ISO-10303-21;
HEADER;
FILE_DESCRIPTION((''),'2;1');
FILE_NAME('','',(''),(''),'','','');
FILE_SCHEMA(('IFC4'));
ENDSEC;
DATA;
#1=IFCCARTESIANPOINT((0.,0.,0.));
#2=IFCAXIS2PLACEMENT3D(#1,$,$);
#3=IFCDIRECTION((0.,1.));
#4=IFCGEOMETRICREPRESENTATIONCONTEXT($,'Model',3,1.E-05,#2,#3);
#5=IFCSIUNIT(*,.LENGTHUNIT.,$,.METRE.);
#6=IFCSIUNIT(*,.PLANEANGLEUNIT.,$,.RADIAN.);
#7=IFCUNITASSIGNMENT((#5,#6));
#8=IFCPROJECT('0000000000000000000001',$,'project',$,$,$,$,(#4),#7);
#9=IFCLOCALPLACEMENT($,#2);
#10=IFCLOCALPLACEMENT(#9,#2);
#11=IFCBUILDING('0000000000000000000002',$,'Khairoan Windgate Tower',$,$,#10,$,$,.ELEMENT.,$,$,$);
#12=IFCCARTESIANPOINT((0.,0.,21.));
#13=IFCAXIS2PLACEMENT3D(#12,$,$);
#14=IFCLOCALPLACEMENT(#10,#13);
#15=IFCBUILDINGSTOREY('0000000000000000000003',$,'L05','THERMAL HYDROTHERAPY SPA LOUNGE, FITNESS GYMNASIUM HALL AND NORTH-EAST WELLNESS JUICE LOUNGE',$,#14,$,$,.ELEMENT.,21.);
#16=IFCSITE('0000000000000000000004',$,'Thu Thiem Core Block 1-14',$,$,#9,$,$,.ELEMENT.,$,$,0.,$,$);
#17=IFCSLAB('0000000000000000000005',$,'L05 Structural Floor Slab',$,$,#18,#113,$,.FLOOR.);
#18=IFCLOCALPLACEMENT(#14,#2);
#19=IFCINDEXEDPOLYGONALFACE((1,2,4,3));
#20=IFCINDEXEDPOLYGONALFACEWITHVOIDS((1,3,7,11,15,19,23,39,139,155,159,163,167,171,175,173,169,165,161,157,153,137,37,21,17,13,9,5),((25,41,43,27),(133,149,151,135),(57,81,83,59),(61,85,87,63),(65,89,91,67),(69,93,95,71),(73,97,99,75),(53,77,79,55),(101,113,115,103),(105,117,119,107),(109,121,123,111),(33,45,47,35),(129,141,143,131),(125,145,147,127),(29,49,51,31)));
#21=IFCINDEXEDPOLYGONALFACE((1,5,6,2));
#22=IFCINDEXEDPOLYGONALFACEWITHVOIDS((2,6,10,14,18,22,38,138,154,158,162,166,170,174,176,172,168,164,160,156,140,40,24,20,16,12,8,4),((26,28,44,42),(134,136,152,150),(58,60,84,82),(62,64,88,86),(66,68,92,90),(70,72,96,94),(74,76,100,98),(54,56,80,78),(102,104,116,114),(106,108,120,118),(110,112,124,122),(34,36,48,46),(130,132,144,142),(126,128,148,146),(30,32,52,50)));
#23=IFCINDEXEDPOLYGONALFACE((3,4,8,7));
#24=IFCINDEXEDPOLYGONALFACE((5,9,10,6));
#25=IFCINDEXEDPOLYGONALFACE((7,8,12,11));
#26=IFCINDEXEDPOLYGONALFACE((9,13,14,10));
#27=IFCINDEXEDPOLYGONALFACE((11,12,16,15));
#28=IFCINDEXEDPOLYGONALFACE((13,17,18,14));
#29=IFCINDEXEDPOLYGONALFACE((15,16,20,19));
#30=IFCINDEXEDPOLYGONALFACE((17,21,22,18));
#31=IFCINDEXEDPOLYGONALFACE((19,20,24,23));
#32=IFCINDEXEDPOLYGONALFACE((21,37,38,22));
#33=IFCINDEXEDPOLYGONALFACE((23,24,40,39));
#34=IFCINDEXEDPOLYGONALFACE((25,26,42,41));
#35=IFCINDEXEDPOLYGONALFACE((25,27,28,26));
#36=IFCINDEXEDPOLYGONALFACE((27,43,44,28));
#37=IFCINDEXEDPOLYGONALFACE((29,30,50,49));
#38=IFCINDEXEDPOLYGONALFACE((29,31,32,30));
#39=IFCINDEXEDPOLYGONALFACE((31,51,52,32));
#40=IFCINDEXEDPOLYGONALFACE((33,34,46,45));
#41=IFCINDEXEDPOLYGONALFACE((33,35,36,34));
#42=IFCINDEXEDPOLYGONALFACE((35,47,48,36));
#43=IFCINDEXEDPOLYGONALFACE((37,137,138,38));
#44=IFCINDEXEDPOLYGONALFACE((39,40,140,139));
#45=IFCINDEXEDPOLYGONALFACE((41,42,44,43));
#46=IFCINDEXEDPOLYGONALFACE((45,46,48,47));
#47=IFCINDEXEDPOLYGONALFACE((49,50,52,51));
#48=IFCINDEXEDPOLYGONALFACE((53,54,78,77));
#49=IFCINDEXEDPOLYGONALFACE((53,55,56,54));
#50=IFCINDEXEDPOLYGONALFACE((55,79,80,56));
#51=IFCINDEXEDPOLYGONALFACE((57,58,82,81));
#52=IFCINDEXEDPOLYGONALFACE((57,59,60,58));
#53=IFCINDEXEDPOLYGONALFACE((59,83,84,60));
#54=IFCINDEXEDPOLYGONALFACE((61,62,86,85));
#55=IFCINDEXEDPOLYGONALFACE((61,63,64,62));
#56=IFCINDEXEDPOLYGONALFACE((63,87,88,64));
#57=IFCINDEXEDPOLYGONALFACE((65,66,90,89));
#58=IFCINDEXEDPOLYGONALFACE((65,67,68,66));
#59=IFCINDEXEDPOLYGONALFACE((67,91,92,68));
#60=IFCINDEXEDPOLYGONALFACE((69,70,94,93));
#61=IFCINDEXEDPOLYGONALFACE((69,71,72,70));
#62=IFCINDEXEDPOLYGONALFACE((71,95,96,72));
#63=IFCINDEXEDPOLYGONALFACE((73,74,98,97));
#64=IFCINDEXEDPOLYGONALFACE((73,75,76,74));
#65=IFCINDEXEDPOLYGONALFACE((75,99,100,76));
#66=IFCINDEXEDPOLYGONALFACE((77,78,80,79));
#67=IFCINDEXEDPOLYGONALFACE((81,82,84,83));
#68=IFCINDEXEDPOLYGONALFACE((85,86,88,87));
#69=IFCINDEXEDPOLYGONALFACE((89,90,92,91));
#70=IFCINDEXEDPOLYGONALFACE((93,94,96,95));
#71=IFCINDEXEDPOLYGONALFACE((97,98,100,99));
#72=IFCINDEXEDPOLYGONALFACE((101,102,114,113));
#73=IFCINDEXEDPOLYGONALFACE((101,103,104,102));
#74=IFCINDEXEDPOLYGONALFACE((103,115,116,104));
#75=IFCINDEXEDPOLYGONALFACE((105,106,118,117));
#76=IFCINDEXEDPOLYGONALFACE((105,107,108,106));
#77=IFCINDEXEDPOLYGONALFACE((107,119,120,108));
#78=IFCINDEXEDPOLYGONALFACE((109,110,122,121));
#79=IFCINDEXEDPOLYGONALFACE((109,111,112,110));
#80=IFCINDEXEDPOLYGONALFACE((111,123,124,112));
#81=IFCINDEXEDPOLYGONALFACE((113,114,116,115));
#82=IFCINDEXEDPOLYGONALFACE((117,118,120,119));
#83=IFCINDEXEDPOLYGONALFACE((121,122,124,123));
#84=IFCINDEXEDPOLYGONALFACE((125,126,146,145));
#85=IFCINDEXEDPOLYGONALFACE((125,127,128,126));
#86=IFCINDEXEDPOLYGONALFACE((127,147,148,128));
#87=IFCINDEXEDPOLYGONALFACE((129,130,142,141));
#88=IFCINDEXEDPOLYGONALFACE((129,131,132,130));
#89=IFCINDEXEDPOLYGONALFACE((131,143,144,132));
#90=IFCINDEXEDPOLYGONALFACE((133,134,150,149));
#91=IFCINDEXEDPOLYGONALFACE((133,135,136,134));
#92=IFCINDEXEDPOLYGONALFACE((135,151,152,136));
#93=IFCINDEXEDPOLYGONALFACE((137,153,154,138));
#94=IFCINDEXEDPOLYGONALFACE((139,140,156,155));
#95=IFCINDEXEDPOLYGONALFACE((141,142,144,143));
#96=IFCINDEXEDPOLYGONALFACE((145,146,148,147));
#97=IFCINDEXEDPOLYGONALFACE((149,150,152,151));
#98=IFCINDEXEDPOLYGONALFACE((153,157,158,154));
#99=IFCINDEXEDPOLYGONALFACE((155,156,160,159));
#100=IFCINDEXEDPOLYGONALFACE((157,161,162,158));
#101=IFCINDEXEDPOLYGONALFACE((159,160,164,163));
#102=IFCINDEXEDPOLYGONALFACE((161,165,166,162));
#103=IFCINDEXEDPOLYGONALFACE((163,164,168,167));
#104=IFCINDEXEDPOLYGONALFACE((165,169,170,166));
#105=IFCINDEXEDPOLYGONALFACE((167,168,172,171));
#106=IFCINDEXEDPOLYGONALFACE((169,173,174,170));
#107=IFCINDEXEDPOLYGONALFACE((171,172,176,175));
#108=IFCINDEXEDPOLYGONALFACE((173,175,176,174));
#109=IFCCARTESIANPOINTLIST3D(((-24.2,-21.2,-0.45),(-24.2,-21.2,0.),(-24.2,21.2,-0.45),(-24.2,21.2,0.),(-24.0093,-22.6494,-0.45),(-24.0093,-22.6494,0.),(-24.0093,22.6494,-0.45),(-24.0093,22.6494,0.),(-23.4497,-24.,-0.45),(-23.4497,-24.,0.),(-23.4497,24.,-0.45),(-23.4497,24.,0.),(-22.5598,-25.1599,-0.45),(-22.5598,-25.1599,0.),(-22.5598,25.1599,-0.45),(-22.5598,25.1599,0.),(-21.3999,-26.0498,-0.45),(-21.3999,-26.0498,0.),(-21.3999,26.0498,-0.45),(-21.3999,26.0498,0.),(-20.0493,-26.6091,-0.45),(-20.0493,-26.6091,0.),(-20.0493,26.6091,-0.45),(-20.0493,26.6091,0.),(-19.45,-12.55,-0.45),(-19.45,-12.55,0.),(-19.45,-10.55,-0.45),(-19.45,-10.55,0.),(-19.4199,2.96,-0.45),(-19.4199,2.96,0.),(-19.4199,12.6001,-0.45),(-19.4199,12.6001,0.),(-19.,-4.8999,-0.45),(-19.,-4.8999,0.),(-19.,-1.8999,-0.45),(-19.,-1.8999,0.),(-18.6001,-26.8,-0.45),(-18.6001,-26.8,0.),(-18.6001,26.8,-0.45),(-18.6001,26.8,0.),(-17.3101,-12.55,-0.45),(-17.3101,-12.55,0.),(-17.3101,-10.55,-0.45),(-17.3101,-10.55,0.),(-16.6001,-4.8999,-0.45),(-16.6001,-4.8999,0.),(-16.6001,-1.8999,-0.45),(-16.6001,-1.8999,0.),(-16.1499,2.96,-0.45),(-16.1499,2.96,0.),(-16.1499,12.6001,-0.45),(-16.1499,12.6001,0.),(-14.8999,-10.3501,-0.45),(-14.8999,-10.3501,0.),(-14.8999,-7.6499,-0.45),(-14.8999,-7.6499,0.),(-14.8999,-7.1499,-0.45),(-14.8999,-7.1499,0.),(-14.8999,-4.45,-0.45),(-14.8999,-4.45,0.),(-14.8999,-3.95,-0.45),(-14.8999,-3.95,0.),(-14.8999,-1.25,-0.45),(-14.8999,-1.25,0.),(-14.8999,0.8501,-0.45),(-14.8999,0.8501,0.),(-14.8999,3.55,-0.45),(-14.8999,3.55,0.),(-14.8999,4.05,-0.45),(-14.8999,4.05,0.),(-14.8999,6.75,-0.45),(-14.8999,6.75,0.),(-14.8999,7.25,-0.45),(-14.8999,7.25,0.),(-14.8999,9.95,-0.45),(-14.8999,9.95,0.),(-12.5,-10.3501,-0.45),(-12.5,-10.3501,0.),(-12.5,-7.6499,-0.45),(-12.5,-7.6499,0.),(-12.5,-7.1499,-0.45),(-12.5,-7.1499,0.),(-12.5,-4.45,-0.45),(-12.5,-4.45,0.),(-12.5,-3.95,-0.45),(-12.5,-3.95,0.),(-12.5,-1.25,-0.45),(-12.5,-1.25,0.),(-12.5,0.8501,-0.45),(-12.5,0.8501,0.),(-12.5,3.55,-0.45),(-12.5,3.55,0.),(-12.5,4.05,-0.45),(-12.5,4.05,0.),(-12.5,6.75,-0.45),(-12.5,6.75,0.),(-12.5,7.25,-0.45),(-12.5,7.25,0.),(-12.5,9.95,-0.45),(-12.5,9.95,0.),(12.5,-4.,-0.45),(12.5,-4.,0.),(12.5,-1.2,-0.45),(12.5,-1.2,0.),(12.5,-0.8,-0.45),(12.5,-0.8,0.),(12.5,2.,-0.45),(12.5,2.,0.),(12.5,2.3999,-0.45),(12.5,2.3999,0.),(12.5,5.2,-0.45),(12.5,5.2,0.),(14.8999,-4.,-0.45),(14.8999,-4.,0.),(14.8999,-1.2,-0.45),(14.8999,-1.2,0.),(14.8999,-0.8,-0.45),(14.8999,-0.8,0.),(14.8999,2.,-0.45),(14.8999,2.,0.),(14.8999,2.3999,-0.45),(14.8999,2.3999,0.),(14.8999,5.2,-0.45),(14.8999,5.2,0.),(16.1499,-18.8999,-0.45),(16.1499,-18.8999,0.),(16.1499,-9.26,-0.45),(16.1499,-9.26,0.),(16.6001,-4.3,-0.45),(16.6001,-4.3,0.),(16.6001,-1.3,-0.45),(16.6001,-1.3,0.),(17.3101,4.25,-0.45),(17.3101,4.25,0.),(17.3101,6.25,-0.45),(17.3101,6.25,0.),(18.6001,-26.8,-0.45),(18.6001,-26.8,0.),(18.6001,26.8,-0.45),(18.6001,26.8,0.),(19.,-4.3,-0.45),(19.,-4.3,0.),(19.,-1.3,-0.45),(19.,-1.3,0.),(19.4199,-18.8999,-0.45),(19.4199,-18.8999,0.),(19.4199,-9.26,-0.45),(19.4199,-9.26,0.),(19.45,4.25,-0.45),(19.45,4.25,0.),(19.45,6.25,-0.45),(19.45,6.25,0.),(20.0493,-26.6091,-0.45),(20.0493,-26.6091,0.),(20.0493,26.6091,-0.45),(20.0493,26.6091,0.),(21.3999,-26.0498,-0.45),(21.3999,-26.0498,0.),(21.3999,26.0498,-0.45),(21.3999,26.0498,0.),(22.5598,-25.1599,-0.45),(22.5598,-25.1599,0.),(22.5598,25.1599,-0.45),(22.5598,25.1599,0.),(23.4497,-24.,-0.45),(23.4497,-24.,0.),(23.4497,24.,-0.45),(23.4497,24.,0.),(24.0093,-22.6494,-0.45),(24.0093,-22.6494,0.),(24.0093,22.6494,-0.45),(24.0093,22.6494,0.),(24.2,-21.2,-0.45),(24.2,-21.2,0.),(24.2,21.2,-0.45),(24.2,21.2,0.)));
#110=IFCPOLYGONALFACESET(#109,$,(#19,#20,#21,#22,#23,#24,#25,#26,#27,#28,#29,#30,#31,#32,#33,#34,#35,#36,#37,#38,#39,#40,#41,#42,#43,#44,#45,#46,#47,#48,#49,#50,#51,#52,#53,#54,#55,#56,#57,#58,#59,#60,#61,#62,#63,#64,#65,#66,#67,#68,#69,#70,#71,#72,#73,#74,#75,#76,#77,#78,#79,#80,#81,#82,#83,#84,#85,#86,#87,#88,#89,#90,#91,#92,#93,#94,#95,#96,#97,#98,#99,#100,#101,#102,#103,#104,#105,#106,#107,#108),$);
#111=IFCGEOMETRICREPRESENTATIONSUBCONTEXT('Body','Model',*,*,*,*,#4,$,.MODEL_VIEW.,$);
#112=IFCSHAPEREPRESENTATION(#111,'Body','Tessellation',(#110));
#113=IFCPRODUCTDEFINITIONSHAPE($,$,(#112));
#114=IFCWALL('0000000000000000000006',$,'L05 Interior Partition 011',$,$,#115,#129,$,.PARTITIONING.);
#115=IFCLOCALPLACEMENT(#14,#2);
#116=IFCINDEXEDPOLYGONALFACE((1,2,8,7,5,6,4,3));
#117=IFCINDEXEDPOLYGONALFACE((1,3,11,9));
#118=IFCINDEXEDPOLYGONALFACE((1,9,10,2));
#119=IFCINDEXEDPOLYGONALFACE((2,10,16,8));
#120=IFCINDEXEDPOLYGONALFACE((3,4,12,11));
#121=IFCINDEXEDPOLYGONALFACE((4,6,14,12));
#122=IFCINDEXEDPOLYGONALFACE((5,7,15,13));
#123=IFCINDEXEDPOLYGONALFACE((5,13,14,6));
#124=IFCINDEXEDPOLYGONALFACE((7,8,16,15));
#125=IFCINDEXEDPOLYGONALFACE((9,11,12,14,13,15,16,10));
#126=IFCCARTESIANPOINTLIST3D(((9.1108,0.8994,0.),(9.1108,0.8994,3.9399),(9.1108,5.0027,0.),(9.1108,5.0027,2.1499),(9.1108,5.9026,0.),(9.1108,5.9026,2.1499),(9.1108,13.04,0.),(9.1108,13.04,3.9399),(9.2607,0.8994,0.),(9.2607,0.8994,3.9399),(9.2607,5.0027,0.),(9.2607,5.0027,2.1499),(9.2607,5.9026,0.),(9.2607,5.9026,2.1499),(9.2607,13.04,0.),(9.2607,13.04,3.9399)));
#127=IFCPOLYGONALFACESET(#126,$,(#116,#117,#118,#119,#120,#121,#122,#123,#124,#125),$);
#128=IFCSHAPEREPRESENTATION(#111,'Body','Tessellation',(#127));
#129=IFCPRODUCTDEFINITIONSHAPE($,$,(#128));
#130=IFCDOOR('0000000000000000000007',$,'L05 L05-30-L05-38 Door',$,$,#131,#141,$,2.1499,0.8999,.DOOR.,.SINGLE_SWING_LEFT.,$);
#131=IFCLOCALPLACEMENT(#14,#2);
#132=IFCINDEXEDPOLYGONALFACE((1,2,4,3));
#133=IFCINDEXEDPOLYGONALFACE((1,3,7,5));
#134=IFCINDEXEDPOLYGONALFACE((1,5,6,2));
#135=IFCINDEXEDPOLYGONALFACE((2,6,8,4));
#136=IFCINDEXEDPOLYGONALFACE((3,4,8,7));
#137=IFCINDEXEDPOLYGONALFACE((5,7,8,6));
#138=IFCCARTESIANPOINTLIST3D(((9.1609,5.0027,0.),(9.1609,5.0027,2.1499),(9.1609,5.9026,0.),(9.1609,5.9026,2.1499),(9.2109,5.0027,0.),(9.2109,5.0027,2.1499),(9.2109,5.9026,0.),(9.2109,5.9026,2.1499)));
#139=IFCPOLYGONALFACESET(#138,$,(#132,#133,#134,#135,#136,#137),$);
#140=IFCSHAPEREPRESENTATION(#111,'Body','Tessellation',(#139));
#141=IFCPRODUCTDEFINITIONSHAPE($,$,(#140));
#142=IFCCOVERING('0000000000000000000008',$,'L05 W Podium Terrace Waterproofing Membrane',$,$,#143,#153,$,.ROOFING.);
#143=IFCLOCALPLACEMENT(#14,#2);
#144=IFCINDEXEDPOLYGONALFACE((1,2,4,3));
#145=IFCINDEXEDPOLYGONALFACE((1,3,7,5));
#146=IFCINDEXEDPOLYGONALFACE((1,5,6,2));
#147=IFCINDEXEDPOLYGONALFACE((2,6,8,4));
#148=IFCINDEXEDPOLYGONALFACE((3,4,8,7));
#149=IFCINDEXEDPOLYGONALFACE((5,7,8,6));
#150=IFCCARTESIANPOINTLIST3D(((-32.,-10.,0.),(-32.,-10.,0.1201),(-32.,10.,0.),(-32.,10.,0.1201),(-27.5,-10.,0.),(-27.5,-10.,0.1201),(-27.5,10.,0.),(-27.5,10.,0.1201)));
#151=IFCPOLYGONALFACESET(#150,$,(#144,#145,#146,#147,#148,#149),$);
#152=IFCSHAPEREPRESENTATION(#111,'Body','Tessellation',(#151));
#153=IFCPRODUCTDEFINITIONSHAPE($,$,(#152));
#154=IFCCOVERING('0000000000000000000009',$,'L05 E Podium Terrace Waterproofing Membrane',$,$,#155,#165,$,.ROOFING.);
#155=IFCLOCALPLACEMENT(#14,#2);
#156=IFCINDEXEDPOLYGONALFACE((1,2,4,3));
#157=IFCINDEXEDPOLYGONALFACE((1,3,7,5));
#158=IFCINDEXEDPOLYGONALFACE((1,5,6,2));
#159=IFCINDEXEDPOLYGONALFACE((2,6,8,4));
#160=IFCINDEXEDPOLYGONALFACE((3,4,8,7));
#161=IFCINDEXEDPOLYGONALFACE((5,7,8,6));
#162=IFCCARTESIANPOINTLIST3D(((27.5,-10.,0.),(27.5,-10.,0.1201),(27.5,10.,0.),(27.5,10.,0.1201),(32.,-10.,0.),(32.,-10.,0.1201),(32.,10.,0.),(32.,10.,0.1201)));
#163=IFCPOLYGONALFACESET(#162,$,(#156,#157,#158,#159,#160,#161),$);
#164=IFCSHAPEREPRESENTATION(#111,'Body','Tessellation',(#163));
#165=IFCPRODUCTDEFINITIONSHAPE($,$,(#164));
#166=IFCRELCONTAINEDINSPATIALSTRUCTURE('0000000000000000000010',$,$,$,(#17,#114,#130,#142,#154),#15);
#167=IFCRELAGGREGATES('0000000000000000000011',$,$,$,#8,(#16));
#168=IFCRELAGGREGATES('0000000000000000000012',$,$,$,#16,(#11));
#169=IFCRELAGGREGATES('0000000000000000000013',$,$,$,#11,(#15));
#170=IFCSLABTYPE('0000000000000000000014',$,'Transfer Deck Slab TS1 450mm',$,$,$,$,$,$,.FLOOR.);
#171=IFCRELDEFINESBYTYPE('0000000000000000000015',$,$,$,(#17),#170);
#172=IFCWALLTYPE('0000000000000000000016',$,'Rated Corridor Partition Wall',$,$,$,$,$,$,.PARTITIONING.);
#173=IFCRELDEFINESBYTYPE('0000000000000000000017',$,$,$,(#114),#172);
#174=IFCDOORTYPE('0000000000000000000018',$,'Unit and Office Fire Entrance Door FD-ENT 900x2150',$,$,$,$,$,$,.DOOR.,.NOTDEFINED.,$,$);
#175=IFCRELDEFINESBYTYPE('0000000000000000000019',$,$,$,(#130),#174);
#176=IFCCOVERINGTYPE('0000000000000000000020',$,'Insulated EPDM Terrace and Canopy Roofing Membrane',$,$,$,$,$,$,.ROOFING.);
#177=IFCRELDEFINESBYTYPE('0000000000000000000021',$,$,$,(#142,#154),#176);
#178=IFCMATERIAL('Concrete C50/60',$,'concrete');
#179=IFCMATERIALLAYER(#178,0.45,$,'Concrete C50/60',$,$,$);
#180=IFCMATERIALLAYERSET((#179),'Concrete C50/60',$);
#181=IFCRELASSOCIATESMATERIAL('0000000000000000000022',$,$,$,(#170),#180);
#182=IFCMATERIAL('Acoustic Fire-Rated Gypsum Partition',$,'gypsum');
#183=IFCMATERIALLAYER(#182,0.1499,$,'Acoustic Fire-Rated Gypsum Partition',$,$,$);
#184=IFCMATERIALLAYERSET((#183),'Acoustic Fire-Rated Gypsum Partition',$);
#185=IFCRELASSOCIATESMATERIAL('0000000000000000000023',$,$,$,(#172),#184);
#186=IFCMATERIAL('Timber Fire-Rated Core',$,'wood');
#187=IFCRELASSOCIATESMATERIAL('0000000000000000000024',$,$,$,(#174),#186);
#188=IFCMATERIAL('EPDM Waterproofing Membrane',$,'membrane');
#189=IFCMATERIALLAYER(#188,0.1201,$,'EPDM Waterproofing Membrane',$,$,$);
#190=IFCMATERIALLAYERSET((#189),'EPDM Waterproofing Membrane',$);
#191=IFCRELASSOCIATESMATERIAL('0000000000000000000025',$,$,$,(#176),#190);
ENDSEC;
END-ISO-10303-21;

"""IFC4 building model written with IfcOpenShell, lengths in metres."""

from ifc_helpers import new_model, si_unit, direction, frame, frame_2d, origin, place, context, subcontext, project, spatial, polyline, rectangle, outline, extrude, material, layer, layer_set, type_object, element, fill, save


model = new_model("IFC4")

# Units and contexts
model_context = context("Model", 3, precision=1e-05, world=origin(), true_north=direction((0.0, 1.0)))
body_context = subcontext(model_context, "Body", "Model", "MODEL_VIEW")
ifc_project = project(units=[si_unit("LENGTHUNIT", "METRE"), si_unit("PLANEANGLEUNIT", "RADIAN")], contexts=[model_context])

# Site, building, storey
site_placement = place(None, origin())
site = spatial("IfcSite", under=ifc_project, at=site_placement, Name="Thu Thiem Core Block 1-14", CompositionType="ELEMENT", RefElevation=0.0)
building_placement = place(site_placement, origin())
building = spatial("IfcBuilding", under=site, at=building_placement, Name="Khairoan Windgate Tower", CompositionType="ELEMENT")
storey_placement = place(building_placement, frame((0.0, 0.0, 21.0)))
storey = spatial("IfcBuildingStorey", under=building, at=storey_placement, Name="L05", Description="THERMAL HYDROTHERAPY SPA LOUNGE, FITNESS GYMNASIUM HALL AND NORTH-EAST WELLNESS JUICE LOUNGE", CompositionType="ELEMENT", Elevation=21.0)

# Slab
ifc_material_1 = material(Name="Concrete C50/60", Category="concrete")
ifc_layer_1 = layer(ifc_material_1, 0.45, Name="Concrete C50/60")
ifc_layer_set_1 = layer_set([ifc_layer_1], Name="Concrete C50/60")
slab_type_1 = type_object("IfcSlabType", Name="Transfer Deck Slab TS1 450mm", PredefinedType="FLOOR", material=ifc_layer_set_1)
slab_1_placement = place(storey_placement, frame((0.0, 0.0, -0.45)))
element("IfcSlab", 1, at=slab_1_placement, inside=storey, type_object=slab_type_1, Name="L05 Structural Floor Slab", PredefinedType="FLOOR", context=body_context, shape_type="SweptSolid", body=[
    extrude(outline(polyline([(18.6001, -26.8), (20.0493, -26.6091), (21.3999, -26.0498), (22.5598, -25.1599), (23.4497, -24.0), (24.0093, -22.6494), (24.2, -21.2), (24.2, 21.2), (24.0093, 22.6494), (23.4497, 24.0), (22.5598, 25.1599), (21.3999, 26.0498), (20.0493, 26.6091), (18.6001, 26.8), (-18.6001, 26.8), (-20.0493, 26.6091), (-21.3999, 26.0498), (-22.5598, 25.1599), (-23.4497, 24.0), (-24.0093, 22.6494), (-24.2, 21.2), (-24.2, -21.2), (-24.0093, -22.6494), (-23.4497, -24.0), (-22.5598, -25.1599), (-21.3999, -26.0498), (-20.0493, -26.6091), (-18.6001, -26.8), (18.6001, -26.8)]), holes=[polyline([(16.1499, -9.26), (16.1499, -18.8999), (19.4199, -18.8999), (19.4199, -9.26), (16.1499, -9.26)]), polyline([(-16.1499, 2.96), (-16.1499, 12.6001), (-19.4199, 12.6001), (-19.4199, 2.96), (-16.1499, 2.96)]), polyline([(-14.8999, 7.25), (-12.5, 7.25), (-12.5, 9.95), (-14.8999, 9.95), (-14.8999, 7.25)]), polyline([(-14.8999, 4.05), (-12.5, 4.05), (-12.5, 6.75), (-14.8999, 6.75), (-14.8999, 4.05)]), polyline([(-14.8999, 0.8501), (-12.5, 0.8501), (-12.5, 3.55), (-14.8999, 3.55), (-14.8999, 0.8501)]), polyline([(-14.8999, -3.95), (-12.5, -3.95), (-12.5, -1.25), (-14.8999, -1.25), (-14.8999, -3.95)]), polyline([(-14.8999, -7.1499), (-12.5, -7.1499), (-12.5, -4.45), (-14.8999, -4.45), (-14.8999, -7.1499)]), polyline([(-14.8999, -10.3501), (-12.5, -10.3501), (-12.5, -7.6499), (-14.8999, -7.6499), (-14.8999, -10.3501)]), polyline([(12.5, 2.3999), (14.8999, 2.3999), (14.8999, 5.2), (12.5, 5.2), (12.5, 2.3999)]), polyline([(12.5, -0.8), (14.8999, -0.8), (14.8999, 2.0), (12.5, 2.0), (12.5, -0.8)]), polyline([(12.5, -4.0), (14.8999, -4.0), (14.8999, -1.2), (12.5, -1.2), (12.5, -4.0)]), polyline([(16.6001, -4.3), (19.0, -4.3), (19.0, -1.3), (16.6001, -1.3), (16.6001, -4.3)]), polyline([(-19.0, -4.8999), (-16.6001, -4.8999), (-16.6001, -1.8999), (-19.0, -1.8999), (-19.0, -4.8999)]), polyline([(-19.45, -12.55), (-17.3101, -12.55), (-17.3101, -10.55), (-19.45, -10.55), (-19.45, -12.55)]), polyline([(17.3101, 4.25), (19.45, 4.25), (19.45, 6.25), (17.3101, 6.25), (17.3101, 4.25)])]), origin(), (0.0, 0.0, 1.0), 0.45),
])

# Wall, opening, door
ifc_material_2 = material(Name="Acoustic Fire-Rated Gypsum Partition", Category="gypsum")
ifc_layer_2 = layer(ifc_material_2, 0.1499, Name="Acoustic Fire-Rated Gypsum Partition")
ifc_layer_set_2 = layer_set([ifc_layer_2], Name="Acoustic Fire-Rated Gypsum Partition")
wall_type = type_object("IfcWallType", Name="Rated Corridor Partition Wall", PredefinedType="PARTITIONING", material=ifc_layer_set_2)
wall_placement = place(storey_placement, frame((9.1858, 0.8994, 0.0), z_axis=(0.0, 0.0, 1.0), x_axis=(0.0, 1.0, 0.0)))
wall = element("IfcWall", 2, at=wall_placement, inside=storey, type_object=wall_type, Name="L05 Interior Partition 011", PredefinedType="PARTITIONING", context=body_context, shape_type="SweptSolid", body=[
    extrude(rectangle(XDim=12.1406, YDim=0.1499, at=frame_2d((6.0703, 0.0))), origin(), (0.0, 0.0, 1.0), 3.9399),
])
opening_1_placement = place(wall_placement, frame((4.1033, 0.0, 0.0)))
opening_1 = element("IfcOpeningElement", 3, at=opening_1_placement, cuts=wall, PredefinedType="OPENING", context=body_context, shape_type="SweptSolid", body=[
    extrude(rectangle(XDim=0.8999, YDim=2.1499, at=frame_2d((0.45, 1.075))), frame((0.0, 0.085, 0.0), z_axis=(0.0, -1.0, 0.0), x_axis=(1.0, 0.0, 0.0)), (0.0, 0.0, 1.0), 0.1699),
])
ifc_material_3 = material(Name="Timber Fire-Rated Core", Category="wood")
door_type = type_object("IfcDoorType", Name="Unit and Office Fire Entrance Door FD-ENT 900x2150", OperationType="NOTDEFINED", PredefinedType="DOOR", material=ifc_material_3)
door_placement = place(opening_1_placement, origin())
door = element("IfcDoor", 4, at=door_placement, inside=storey, type_object=door_type, Name="L05 L05-30-L05-38 Door", OperationType="SINGLE_SWING_LEFT", OverallHeight=2.1499, OverallWidth=0.8999, PredefinedType="DOOR", context=body_context, shape_type="SweptSolid", body=[
    extrude(rectangle(XDim=0.8999, YDim=2.1499, at=frame_2d((0.45, 1.075))), frame((0.0, 0.0249, 0.0), z_axis=(0.0, -1.0, 0.0), x_axis=(1.0, 0.0, 0.0)), (0.0, 0.0, 1.0), 0.05),
])
fill(opening_1, door)

# Coverings
ifc_material_4 = material(Name="EPDM Waterproofing Membrane", Category="membrane")
ifc_layer_3 = layer(ifc_material_4, 0.1201, Name="EPDM Waterproofing Membrane")
ifc_layer_set_3 = layer_set([ifc_layer_3], Name="EPDM Waterproofing Membrane")
covering_type = type_object("IfcCoveringType", Name="Insulated EPDM Terrace and Canopy Roofing Membrane", PredefinedType="ROOFING", material=ifc_layer_set_3)
covering_1_placement = place(storey_placement, origin())
element("IfcCovering", 5, at=covering_1_placement, inside=storey, type_object=covering_type, Name="L05 W Podium Terrace Waterproofing Membrane", PredefinedType="ROOFING", context=body_context, shape_type="SweptSolid", body=[
    extrude(outline(polyline([(-32.0, -10.0), (-27.5, -10.0), (-27.5, 10.0), (-32.0, 10.0), (-32.0, -10.0)])), origin(), (0.0, 0.0, 1.0), 0.1201),
])
covering_2_placement = place(storey_placement, origin())
element("IfcCovering", 6, at=covering_2_placement, inside=storey, type_object=covering_type, Name="L05 E Podium Terrace Waterproofing Membrane", PredefinedType="ROOFING", context=body_context, shape_type="SweptSolid", body=[
    extrude(outline(polyline([(27.5, -10.0), (32.0, -10.0), (32.0, 10.0), (27.5, 10.0), (27.5, -10.0)])), origin(), (0.0, 0.0, 1.0), 0.1201),
])

save(model, "model.ifc")
